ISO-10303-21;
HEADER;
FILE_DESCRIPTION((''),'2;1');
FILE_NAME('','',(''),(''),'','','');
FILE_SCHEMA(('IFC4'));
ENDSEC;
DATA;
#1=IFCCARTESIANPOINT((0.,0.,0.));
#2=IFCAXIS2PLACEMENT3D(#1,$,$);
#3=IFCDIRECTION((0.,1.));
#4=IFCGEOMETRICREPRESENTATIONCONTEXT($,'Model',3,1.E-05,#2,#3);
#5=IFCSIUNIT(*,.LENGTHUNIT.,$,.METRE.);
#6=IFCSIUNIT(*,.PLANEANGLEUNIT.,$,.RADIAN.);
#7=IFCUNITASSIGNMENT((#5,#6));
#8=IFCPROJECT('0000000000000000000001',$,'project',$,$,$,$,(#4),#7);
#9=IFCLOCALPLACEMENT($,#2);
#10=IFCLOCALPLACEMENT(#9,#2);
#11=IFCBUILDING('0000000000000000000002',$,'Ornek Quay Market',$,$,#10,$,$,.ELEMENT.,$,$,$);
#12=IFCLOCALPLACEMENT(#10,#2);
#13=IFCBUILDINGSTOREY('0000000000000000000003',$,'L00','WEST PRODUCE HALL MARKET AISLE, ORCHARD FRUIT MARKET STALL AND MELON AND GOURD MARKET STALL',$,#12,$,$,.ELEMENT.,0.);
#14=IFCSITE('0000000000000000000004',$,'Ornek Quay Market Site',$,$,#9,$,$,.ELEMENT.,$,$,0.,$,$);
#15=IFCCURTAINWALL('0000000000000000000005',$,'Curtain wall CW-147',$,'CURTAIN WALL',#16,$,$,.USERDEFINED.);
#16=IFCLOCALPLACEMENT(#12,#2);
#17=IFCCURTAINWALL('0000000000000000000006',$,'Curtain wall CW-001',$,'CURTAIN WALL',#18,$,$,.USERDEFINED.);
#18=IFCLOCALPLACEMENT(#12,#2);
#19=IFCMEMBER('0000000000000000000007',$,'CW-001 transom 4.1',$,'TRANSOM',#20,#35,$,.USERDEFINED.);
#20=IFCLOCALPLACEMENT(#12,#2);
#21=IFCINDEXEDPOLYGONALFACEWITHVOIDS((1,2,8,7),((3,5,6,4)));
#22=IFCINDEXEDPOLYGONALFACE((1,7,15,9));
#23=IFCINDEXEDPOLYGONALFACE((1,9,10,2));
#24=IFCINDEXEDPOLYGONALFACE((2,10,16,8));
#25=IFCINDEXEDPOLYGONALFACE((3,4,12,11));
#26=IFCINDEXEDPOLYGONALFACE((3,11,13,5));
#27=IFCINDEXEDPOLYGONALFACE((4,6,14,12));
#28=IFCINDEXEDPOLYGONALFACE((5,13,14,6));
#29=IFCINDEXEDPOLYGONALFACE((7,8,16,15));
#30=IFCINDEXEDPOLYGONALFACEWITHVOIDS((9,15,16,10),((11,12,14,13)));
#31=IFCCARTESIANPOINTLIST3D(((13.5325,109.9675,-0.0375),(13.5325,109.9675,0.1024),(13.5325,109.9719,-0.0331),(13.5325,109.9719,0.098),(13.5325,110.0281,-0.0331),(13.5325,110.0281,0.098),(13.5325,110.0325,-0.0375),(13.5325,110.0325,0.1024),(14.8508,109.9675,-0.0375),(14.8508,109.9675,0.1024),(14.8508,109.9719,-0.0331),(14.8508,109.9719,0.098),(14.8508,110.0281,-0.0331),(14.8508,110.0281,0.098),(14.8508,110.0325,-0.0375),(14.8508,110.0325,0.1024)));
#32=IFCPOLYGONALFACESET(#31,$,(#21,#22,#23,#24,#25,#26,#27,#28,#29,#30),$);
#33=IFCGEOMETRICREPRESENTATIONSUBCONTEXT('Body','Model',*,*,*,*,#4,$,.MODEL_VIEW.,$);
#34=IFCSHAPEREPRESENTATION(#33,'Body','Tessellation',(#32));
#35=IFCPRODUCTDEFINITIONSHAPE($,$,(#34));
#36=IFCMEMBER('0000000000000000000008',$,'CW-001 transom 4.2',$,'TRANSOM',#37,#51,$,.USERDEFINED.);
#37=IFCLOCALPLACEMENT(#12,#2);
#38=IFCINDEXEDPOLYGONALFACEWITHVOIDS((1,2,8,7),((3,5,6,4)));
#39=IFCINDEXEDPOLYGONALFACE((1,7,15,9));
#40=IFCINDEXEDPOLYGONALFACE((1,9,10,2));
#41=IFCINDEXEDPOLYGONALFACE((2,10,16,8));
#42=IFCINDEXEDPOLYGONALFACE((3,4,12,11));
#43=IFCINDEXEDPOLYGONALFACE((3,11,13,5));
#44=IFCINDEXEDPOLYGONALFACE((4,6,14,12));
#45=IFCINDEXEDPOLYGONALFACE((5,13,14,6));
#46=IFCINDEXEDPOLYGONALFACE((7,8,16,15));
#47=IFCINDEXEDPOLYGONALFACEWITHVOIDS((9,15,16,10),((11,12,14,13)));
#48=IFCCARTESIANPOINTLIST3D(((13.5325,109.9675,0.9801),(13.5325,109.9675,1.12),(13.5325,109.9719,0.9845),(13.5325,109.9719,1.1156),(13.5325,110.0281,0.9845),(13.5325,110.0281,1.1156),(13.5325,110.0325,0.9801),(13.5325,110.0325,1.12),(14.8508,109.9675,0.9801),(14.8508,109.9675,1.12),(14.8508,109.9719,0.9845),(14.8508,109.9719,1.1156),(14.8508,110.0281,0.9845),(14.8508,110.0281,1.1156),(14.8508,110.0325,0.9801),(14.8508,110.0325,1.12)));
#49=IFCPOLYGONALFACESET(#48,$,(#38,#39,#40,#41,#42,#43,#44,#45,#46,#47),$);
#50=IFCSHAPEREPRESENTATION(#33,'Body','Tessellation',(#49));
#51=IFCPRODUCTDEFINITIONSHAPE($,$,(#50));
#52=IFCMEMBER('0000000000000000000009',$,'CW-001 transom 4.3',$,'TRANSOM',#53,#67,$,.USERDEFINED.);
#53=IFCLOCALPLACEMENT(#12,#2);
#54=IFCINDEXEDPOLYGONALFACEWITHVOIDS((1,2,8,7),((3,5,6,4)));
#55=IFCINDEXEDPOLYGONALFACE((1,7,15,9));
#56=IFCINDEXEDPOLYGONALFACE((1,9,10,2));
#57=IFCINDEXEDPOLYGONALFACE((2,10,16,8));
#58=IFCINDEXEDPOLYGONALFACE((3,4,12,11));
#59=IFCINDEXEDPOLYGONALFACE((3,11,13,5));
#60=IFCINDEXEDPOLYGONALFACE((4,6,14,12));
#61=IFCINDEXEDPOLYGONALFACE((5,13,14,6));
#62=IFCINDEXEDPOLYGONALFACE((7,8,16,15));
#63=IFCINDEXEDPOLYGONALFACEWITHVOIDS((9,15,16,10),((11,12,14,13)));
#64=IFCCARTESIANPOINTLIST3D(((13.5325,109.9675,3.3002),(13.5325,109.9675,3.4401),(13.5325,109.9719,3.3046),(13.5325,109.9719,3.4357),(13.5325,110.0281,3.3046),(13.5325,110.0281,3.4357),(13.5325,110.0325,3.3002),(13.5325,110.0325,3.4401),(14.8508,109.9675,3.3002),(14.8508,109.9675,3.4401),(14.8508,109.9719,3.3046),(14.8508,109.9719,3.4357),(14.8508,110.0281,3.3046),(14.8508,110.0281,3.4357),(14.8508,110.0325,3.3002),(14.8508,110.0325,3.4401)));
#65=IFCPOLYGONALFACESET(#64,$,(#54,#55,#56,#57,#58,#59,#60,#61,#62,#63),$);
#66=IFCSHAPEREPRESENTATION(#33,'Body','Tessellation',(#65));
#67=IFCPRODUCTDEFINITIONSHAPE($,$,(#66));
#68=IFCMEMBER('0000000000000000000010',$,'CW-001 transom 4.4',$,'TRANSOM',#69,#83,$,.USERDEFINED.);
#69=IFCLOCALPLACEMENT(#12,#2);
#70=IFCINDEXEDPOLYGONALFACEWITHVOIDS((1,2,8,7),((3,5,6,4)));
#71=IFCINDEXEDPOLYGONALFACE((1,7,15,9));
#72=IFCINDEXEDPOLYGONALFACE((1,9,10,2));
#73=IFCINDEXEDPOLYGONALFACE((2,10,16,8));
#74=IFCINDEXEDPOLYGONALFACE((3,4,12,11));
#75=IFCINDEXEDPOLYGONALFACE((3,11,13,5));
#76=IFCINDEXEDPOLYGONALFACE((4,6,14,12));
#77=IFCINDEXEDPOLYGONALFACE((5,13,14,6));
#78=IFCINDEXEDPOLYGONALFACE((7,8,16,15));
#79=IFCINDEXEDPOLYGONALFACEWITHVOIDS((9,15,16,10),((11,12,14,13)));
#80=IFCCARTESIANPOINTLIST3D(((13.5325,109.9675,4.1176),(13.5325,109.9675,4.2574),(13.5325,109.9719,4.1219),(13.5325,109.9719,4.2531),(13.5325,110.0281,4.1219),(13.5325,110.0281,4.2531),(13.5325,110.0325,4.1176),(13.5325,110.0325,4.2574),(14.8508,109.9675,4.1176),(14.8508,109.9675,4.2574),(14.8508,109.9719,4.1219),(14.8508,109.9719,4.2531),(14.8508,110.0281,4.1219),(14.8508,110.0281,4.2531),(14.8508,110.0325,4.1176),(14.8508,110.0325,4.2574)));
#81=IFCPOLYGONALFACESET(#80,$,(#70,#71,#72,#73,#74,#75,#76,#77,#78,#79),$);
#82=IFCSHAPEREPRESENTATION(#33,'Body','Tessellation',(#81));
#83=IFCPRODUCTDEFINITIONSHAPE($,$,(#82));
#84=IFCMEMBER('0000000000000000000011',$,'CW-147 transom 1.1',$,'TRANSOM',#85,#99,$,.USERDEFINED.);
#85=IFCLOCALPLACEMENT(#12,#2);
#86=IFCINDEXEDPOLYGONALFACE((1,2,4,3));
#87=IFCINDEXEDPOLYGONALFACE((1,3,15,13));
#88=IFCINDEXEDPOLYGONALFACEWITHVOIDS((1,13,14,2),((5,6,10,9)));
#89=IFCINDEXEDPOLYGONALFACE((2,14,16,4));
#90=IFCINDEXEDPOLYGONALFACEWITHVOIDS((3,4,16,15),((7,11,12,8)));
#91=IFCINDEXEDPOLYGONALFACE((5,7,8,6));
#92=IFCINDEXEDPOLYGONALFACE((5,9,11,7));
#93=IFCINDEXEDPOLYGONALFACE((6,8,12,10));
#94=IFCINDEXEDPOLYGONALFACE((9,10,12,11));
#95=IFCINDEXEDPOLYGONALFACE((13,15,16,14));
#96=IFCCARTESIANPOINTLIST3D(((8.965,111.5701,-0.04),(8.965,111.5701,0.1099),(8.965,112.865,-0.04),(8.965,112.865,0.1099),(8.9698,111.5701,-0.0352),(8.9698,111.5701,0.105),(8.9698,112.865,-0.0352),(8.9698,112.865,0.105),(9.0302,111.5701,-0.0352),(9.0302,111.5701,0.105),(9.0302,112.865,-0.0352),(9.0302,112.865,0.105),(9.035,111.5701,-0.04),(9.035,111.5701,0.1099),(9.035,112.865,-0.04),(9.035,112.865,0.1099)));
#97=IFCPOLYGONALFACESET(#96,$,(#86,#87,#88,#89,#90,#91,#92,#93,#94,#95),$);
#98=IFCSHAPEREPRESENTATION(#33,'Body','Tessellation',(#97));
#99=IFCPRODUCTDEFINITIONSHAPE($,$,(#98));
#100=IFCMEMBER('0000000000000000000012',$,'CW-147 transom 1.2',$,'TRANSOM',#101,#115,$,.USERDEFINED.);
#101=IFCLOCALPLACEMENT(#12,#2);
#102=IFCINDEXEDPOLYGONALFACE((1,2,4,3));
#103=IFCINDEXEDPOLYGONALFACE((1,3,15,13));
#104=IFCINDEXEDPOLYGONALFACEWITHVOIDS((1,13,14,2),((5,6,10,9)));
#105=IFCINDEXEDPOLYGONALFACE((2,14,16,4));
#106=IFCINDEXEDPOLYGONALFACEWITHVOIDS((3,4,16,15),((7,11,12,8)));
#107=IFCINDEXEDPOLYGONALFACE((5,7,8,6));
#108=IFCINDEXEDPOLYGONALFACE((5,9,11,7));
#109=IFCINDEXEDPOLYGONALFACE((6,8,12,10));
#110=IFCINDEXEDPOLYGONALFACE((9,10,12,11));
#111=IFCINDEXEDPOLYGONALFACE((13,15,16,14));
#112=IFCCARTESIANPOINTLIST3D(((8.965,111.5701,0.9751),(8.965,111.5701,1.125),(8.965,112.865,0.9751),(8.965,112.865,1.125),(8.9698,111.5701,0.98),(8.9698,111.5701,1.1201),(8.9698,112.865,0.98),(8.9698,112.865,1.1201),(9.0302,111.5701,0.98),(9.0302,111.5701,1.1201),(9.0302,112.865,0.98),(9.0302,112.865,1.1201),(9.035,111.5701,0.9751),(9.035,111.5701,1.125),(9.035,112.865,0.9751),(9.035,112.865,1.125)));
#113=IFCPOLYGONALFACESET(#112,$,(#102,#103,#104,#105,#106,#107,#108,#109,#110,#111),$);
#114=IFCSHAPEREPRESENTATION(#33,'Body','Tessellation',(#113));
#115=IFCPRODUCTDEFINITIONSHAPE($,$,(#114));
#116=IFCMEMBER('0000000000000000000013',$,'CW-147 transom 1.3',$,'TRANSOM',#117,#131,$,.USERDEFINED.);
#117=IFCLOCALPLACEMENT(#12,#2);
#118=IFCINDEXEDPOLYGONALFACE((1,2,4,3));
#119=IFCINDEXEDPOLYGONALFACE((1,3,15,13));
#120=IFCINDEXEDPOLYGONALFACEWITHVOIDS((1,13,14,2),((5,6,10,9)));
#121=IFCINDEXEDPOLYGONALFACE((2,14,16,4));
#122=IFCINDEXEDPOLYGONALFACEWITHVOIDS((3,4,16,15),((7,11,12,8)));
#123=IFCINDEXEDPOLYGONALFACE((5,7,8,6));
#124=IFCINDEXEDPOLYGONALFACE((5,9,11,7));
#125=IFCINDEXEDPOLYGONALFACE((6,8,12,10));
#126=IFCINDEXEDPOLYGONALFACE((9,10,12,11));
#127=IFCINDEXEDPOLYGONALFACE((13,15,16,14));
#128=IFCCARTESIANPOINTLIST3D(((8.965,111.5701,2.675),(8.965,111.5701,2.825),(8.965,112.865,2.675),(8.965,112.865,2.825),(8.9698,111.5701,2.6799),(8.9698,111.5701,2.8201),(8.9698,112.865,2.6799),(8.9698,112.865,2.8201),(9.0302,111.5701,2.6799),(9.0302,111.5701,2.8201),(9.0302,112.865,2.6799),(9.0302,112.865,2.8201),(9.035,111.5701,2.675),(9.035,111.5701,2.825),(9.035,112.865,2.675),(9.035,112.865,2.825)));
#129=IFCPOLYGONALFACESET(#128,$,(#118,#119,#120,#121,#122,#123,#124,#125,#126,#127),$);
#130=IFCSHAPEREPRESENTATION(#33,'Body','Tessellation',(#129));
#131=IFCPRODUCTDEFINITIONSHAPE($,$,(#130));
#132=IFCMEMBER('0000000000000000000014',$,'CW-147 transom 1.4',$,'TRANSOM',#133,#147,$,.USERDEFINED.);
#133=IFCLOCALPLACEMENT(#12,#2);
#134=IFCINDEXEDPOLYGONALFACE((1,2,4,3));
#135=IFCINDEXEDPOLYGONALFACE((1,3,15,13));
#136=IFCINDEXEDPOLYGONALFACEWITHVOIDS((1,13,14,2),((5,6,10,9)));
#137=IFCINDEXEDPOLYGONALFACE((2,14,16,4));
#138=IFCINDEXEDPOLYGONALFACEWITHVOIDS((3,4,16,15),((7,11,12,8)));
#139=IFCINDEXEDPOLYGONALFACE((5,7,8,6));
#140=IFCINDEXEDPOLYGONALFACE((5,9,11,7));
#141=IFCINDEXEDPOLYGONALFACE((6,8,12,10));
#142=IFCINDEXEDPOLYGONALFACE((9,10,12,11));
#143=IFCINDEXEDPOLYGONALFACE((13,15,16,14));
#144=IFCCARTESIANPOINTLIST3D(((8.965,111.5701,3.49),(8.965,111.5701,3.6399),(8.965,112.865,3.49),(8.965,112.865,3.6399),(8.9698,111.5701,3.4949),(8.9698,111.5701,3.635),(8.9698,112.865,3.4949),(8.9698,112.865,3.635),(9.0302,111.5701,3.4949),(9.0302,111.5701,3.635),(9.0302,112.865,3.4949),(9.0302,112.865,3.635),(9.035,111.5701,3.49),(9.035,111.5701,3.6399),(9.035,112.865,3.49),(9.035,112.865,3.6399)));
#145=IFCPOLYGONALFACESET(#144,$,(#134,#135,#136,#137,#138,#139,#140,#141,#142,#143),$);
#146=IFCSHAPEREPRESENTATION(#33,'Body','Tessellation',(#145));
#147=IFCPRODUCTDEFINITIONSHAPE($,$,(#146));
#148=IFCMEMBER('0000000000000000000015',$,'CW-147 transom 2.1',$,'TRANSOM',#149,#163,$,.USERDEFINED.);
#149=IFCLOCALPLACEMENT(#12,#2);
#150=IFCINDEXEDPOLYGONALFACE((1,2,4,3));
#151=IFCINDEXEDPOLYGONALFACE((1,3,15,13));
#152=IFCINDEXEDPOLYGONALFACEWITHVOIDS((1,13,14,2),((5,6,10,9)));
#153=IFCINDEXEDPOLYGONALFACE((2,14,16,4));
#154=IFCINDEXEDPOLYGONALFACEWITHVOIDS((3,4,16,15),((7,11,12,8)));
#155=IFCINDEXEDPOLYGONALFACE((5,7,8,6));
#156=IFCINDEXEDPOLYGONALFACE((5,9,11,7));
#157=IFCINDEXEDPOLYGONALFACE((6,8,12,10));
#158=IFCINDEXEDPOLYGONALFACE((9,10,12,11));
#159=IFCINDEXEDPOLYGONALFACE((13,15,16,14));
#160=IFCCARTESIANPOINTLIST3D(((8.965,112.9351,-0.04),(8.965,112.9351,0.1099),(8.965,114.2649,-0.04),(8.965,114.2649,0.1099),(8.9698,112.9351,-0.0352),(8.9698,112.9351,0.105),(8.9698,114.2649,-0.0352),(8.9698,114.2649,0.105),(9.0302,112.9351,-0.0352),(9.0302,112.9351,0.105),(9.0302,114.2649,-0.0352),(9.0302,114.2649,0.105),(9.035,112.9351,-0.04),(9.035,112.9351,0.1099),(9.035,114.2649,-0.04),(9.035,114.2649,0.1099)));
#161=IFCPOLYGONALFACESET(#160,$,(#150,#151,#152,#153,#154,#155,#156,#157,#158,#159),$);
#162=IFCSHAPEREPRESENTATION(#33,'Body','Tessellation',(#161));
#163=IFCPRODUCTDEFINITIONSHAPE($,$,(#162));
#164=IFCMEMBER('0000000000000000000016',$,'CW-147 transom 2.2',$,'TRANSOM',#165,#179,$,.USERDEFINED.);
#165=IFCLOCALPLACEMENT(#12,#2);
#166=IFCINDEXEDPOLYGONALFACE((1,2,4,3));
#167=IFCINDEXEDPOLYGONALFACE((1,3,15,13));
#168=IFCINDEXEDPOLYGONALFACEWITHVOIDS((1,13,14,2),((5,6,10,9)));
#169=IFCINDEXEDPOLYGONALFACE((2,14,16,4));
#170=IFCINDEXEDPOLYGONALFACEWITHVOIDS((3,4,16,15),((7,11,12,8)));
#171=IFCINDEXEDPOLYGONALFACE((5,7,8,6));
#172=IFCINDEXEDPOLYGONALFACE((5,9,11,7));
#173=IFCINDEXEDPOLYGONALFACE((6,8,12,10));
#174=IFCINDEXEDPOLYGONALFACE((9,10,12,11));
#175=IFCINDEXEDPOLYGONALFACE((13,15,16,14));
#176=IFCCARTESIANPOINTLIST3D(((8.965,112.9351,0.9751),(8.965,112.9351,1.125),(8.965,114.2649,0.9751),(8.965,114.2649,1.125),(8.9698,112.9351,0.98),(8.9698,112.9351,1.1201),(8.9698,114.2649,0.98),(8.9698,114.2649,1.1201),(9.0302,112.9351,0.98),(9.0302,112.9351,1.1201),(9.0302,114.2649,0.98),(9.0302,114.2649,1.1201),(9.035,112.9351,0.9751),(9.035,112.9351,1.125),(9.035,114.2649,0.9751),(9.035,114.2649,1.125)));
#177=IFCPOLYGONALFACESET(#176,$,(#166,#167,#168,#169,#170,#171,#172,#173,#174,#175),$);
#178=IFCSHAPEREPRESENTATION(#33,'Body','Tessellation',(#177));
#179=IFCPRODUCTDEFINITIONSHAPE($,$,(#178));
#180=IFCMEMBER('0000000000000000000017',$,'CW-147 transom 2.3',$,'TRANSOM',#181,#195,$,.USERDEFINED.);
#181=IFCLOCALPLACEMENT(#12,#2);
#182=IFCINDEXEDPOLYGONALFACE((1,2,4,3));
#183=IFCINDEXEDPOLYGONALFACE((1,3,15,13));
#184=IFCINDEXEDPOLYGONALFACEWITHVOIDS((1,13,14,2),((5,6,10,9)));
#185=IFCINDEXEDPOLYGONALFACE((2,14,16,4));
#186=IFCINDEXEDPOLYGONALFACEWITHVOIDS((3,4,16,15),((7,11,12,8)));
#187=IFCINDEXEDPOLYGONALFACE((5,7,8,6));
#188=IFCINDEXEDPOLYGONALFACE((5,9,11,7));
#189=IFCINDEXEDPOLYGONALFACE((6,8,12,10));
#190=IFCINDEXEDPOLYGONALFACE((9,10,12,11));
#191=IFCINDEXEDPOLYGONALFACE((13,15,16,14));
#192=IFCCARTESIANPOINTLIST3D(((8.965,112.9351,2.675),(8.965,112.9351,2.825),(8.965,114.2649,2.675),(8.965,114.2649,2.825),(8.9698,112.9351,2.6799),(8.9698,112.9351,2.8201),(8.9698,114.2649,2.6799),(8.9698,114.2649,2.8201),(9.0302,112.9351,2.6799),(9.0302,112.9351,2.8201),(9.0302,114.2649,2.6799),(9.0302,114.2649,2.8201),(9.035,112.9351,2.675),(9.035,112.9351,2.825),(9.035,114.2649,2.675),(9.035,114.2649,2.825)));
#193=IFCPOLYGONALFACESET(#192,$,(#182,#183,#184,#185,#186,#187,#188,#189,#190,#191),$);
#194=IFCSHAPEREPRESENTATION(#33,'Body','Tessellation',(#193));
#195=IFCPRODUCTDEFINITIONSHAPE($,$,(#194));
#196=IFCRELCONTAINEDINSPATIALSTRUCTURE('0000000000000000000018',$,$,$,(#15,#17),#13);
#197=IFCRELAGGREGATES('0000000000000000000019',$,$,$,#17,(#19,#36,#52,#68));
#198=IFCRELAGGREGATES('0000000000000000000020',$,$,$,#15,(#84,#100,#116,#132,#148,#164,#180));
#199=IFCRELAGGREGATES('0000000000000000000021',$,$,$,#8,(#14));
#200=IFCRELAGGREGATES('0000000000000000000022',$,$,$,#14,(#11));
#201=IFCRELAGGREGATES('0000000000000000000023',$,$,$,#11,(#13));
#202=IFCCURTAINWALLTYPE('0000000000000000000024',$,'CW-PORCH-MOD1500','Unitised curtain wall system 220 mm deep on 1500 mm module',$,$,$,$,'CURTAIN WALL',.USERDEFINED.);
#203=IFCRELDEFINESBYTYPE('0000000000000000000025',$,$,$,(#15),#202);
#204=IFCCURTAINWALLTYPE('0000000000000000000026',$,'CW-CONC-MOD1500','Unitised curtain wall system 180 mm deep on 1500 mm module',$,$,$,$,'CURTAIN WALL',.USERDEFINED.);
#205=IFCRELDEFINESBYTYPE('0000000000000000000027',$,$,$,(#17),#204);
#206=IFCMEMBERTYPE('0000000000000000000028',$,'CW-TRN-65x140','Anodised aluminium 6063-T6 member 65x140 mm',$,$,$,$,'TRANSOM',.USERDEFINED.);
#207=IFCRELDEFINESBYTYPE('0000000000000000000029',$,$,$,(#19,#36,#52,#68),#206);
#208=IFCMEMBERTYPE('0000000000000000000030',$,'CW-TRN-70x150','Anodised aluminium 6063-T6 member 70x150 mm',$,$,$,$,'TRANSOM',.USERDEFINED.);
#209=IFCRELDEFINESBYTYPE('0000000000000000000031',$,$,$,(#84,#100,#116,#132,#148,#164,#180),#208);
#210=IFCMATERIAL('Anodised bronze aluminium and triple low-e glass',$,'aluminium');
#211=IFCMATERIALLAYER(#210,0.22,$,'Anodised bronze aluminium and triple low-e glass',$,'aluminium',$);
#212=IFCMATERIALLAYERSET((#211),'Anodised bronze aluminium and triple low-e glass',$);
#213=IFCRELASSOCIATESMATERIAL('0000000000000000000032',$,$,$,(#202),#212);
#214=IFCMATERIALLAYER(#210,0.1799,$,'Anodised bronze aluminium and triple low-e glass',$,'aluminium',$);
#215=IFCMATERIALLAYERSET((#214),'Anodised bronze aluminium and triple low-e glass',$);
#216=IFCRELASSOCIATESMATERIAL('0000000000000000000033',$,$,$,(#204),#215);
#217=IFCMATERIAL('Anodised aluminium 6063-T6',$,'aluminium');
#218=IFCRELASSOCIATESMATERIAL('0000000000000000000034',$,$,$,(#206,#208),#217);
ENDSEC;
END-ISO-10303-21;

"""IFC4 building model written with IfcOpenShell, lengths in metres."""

from ifc_helpers import new_model, si_unit, direction, frame, origin, origin_2d, place, context, subcontext, project, spatial, hollow_rectangle, extrude, material, layer, layer_set, material_profile, profile_set, type_object, element, aggregate, save


model = new_model("IFC4")

# Units and contexts
model_context = context("Model", 3, precision=1e-05, world=origin(), true_north=direction((0.0, 1.0)))
body_context = subcontext(model_context, "Body", "Model", "MODEL_VIEW")
ifc_project = project(units=[si_unit("LENGTHUNIT", "METRE"), si_unit("PLANEANGLEUNIT", "RADIAN")], contexts=[model_context])

# Site, building, storey
site_placement = place(None, origin())
site = spatial("IfcSite", under=ifc_project, at=site_placement, Name="Ornek Quay Market Site", CompositionType="ELEMENT", RefElevation=0.0)
building_placement = place(site_placement, origin())
building = spatial("IfcBuilding", under=site, at=building_placement, Name="Ornek Quay Market", CompositionType="ELEMENT")
storey_placement = place(building_placement, origin())
storey = spatial("IfcBuildingStorey", under=building, at=storey_placement, Name="L00", Description="WEST PRODUCE HALL MARKET AISLE, ORCHARD FRUIT MARKET STALL AND MELON AND GOURD MARKET STALL", CompositionType="ELEMENT", Elevation=0.0)

# Curtain walls, members
ifc_material_1 = material(Name="Anodised bronze aluminium and triple low-e glass", Category="aluminium")
ifc_layer_1 = layer(ifc_material_1, 0.22, Name="Anodised bronze aluminium and triple low-e glass", Category="aluminium")
ifc_layer_set_1 = layer_set([ifc_layer_1], Name="Anodised bronze aluminium and triple low-e glass")
curtain_wall_type_1 = type_object("IfcCurtainWallType", Name="CW-PORCH-MOD1500", Description="Unitised curtain wall system 220 mm deep on 1500 mm module", ElementType="CURTAIN WALL", PredefinedType="USERDEFINED", material=ifc_layer_set_1)
curtain_wall_1_placement = place(storey_placement, origin())
curtain_wall_1 = element("IfcCurtainWall", 1, at=curtain_wall_1_placement, inside=storey, type_object=curtain_wall_type_1, Name="Curtain wall CW-147", ObjectType="CURTAIN WALL", PredefinedType="USERDEFINED")
ifc_material_2 = material(Name="Anodised aluminium 6063-T6", Category="aluminium")
ifc_layer_2 = layer(ifc_material_1, 0.1799, Name="Anodised bronze aluminium and triple low-e glass", Category="aluminium")
ifc_layer_set_2 = layer_set([ifc_layer_2], Name="Anodised bronze aluminium and triple low-e glass")
curtain_wall_type_2 = type_object("IfcCurtainWallType", Name="CW-CONC-MOD1500", Description="Unitised curtain wall system 180 mm deep on 1500 mm module", ElementType="CURTAIN WALL", PredefinedType="USERDEFINED", material=ifc_layer_set_2)
curtain_wall_2_placement = place(storey_placement, origin())
curtain_wall_2 = element("IfcCurtainWall", 2, at=curtain_wall_2_placement, inside=storey, type_object=curtain_wall_type_2, Name="Curtain wall CW-001", ObjectType="CURTAIN WALL", PredefinedType="USERDEFINED")
ifc_material_profile_1 = material_profile(ifc_material_2, hollow_rectangle(XDim=0.0649, YDim=0.1399, WallThickness=0.0044, at=origin_2d()), Name="CW-TRN-65x140", Category="aluminium")
ifc_profile_set_1 = profile_set([ifc_material_profile_1], Name="Anodised aluminium 6063-T6")
member_type_1 = type_object("IfcMemberType", Name="CW-TRN-65x140", Description="Anodised aluminium 6063-T6 member 65x140 mm", ElementType="TRANSOM", PredefinedType="USERDEFINED", material=ifc_profile_set_1)
member_1_placement = place(storey_placement, frame((13.5325, 110.0, 0.0325), z_axis=(1.0, 0.0, 0.0), x_axis=(0.0, 1.0, 0.0)))
member_1 = element("IfcMember", 3, at=member_1_placement, type_object=member_type_1, Name="CW-001 transom 4.1", ObjectType="TRANSOM", PredefinedType="USERDEFINED", context=body_context, shape_type="SweptSolid", body=[
    extrude(hollow_rectangle(XDim=0.0649, YDim=0.1399, WallThickness=0.0044, at=origin_2d()), origin(), (0.0, 0.0, 1.0), 1.3184),
])
member_2_placement = place(storey_placement, frame((13.5325, 110.0, 1.05), z_axis=(1.0, 0.0, 0.0), x_axis=(0.0, 1.0, 0.0)))
member_2 = element("IfcMember", 4, at=member_2_placement, type_object=member_type_1, Name="CW-001 transom 4.2", ObjectType="TRANSOM", PredefinedType="USERDEFINED", context=body_context, shape_type="SweptSolid", body=[
    extrude(hollow_rectangle(XDim=0.0649, YDim=0.1399, WallThickness=0.0044, at=origin_2d()), origin(), (0.0, 0.0, 1.0), 1.3184),
])
member_3_placement = place(storey_placement, frame((13.5325, 110.0, 3.3701), z_axis=(1.0, 0.0, 0.0), x_axis=(0.0, 1.0, 0.0)))
member_3 = element("IfcMember", 5, at=member_3_placement, type_object=member_type_1, Name="CW-001 transom 4.3", ObjectType="TRANSOM", PredefinedType="USERDEFINED", context=body_context, shape_type="SweptSolid", body=[
    extrude(hollow_rectangle(XDim=0.0649, YDim=0.1399, WallThickness=0.0044, at=origin_2d()), origin(), (0.0, 0.0, 1.0), 1.3184),
])
member_4_placement = place(storey_placement, frame((13.5325, 110.0, 4.1875), z_axis=(1.0, 0.0, 0.0), x_axis=(0.0, 1.0, 0.0)))
member_4 = element("IfcMember", 6, at=member_4_placement, type_object=member_type_1, Name="CW-001 transom 4.4", ObjectType="TRANSOM", PredefinedType="USERDEFINED", context=body_context, shape_type="SweptSolid", body=[
    extrude(hollow_rectangle(XDim=0.0649, YDim=0.1399, WallThickness=0.0044, at=origin_2d()), origin(), (0.0, 0.0, 1.0), 1.3184),
])

# Members
ifc_material_profile_2 = material_profile(ifc_material_2, hollow_rectangle(XDim=0.0701, YDim=0.1499, WallThickness=0.0049, at=origin_2d()), Name="CW-TRN-70x150", Category="aluminium")
ifc_profile_set_2 = profile_set([ifc_material_profile_2], Name="Anodised aluminium 6063-T6")
member_type_2 = type_object("IfcMemberType", Name="CW-TRN-70x150", Description="Anodised aluminium 6063-T6 member 70x150 mm", ElementType="TRANSOM", PredefinedType="USERDEFINED", material=ifc_profile_set_2)
member_5_placement = place(storey_placement, frame((9.0, 111.5701, 0.0349), z_axis=(0.0, 1.0, 0.0), x_axis=(-1.0, 0.0, 0.0)))
member_5 = element("IfcMember", 7, at=member_5_placement, type_object=member_type_2, Name="CW-147 transom 1.1", ObjectType="TRANSOM", PredefinedType="USERDEFINED", context=body_context, shape_type="SweptSolid", body=[
    extrude(hollow_rectangle(XDim=0.0701, YDim=0.1499, WallThickness=0.0049, at=origin_2d()), origin(), (0.0, 0.0, 1.0), 1.2949),
])
member_6_placement = place(storey_placement, frame((9.0, 111.5701, 1.05), z_axis=(0.0, 1.0, 0.0), x_axis=(-1.0, 0.0, 0.0)))
member_6 = element("IfcMember", 8, at=member_6_placement, type_object=member_type_2, Name="CW-147 transom 1.2", ObjectType="TRANSOM", PredefinedType="USERDEFINED", context=body_context, shape_type="SweptSolid", body=[
    extrude(hollow_rectangle(XDim=0.0701, YDim=0.1499, WallThickness=0.0049, at=origin_2d()), origin(), (0.0, 0.0, 1.0), 1.2949),
])
member_7_placement = place(storey_placement, frame((9.0, 111.5701, 2.75), z_axis=(0.0, 1.0, 0.0), x_axis=(-1.0, 0.0, 0.0)))
member_7 = element("IfcMember", 9, at=member_7_placement, type_object=member_type_2, Name="CW-147 transom 1.3", ObjectType="TRANSOM", PredefinedType="USERDEFINED", context=body_context, shape_type="SweptSolid", body=[
    extrude(hollow_rectangle(XDim=0.0701, YDim=0.1499, WallThickness=0.0049, at=origin_2d()), origin(), (0.0, 0.0, 1.0), 1.2949),
])
member_8_placement = place(storey_placement, frame((9.0, 111.5701, 3.5649), z_axis=(0.0, 1.0, 0.0), x_axis=(-1.0, 0.0, 0.0)))
member_8 = element("IfcMember", 10, at=member_8_placement, type_object=member_type_2, Name="CW-147 transom 1.4", ObjectType="TRANSOM", PredefinedType="USERDEFINED", context=body_context, shape_type="SweptSolid", body=[
    extrude(hollow_rectangle(XDim=0.0701, YDim=0.1499, WallThickness=0.0049, at=origin_2d()), origin(), (0.0, 0.0, 1.0), 1.2949),
])
member_9_placement = place(storey_placement, frame((9.0, 112.9351, 0.0349), z_axis=(0.0, 1.0, 0.0), x_axis=(-1.0, 0.0, 0.0)))
member_9 = element("IfcMember", 11, at=member_9_placement, type_object=member_type_2, Name="CW-147 transom 2.1", ObjectType="TRANSOM", PredefinedType="USERDEFINED", context=body_context, shape_type="SweptSolid", body=[
    extrude(hollow_rectangle(XDim=0.0701, YDim=0.1499, WallThickness=0.0049, at=origin_2d()), origin(), (0.0, 0.0, 1.0), 1.3298),
])
member_10_placement = place(storey_placement, frame((9.0, 112.9351, 1.05), z_axis=(0.0, 1.0, 0.0), x_axis=(-1.0, 0.0, 0.0)))
member_10 = element("IfcMember", 12, at=member_10_placement, type_object=member_type_2, Name="CW-147 transom 2.2", ObjectType="TRANSOM", PredefinedType="USERDEFINED", context=body_context, shape_type="SweptSolid", body=[
    extrude(hollow_rectangle(XDim=0.0701, YDim=0.1499, WallThickness=0.0049, at=origin_2d()), origin(), (0.0, 0.0, 1.0), 1.3298),
])
member_11_placement = place(storey_placement, frame((9.0, 112.9351, 2.75), z_axis=(0.0, 1.0, 0.0), x_axis=(-1.0, 0.0, 0.0)))
member_11 = element("IfcMember", 13, at=member_11_placement, type_object=member_type_2, Name="CW-147 transom 2.3", ObjectType="TRANSOM", PredefinedType="USERDEFINED", context=body_context, shape_type="SweptSolid", body=[
    extrude(hollow_rectangle(XDim=0.0701, YDim=0.1499, WallThickness=0.0049, at=origin_2d()), origin(), (0.0, 0.0, 1.0), 1.3298),
])

aggregate(curtain_wall_2, [member_1, member_2, member_3, member_4])
aggregate(curtain_wall_1, [member_5, member_6, member_7, member_8, member_9, member_10, member_11])

save(model, "model.ifc")
